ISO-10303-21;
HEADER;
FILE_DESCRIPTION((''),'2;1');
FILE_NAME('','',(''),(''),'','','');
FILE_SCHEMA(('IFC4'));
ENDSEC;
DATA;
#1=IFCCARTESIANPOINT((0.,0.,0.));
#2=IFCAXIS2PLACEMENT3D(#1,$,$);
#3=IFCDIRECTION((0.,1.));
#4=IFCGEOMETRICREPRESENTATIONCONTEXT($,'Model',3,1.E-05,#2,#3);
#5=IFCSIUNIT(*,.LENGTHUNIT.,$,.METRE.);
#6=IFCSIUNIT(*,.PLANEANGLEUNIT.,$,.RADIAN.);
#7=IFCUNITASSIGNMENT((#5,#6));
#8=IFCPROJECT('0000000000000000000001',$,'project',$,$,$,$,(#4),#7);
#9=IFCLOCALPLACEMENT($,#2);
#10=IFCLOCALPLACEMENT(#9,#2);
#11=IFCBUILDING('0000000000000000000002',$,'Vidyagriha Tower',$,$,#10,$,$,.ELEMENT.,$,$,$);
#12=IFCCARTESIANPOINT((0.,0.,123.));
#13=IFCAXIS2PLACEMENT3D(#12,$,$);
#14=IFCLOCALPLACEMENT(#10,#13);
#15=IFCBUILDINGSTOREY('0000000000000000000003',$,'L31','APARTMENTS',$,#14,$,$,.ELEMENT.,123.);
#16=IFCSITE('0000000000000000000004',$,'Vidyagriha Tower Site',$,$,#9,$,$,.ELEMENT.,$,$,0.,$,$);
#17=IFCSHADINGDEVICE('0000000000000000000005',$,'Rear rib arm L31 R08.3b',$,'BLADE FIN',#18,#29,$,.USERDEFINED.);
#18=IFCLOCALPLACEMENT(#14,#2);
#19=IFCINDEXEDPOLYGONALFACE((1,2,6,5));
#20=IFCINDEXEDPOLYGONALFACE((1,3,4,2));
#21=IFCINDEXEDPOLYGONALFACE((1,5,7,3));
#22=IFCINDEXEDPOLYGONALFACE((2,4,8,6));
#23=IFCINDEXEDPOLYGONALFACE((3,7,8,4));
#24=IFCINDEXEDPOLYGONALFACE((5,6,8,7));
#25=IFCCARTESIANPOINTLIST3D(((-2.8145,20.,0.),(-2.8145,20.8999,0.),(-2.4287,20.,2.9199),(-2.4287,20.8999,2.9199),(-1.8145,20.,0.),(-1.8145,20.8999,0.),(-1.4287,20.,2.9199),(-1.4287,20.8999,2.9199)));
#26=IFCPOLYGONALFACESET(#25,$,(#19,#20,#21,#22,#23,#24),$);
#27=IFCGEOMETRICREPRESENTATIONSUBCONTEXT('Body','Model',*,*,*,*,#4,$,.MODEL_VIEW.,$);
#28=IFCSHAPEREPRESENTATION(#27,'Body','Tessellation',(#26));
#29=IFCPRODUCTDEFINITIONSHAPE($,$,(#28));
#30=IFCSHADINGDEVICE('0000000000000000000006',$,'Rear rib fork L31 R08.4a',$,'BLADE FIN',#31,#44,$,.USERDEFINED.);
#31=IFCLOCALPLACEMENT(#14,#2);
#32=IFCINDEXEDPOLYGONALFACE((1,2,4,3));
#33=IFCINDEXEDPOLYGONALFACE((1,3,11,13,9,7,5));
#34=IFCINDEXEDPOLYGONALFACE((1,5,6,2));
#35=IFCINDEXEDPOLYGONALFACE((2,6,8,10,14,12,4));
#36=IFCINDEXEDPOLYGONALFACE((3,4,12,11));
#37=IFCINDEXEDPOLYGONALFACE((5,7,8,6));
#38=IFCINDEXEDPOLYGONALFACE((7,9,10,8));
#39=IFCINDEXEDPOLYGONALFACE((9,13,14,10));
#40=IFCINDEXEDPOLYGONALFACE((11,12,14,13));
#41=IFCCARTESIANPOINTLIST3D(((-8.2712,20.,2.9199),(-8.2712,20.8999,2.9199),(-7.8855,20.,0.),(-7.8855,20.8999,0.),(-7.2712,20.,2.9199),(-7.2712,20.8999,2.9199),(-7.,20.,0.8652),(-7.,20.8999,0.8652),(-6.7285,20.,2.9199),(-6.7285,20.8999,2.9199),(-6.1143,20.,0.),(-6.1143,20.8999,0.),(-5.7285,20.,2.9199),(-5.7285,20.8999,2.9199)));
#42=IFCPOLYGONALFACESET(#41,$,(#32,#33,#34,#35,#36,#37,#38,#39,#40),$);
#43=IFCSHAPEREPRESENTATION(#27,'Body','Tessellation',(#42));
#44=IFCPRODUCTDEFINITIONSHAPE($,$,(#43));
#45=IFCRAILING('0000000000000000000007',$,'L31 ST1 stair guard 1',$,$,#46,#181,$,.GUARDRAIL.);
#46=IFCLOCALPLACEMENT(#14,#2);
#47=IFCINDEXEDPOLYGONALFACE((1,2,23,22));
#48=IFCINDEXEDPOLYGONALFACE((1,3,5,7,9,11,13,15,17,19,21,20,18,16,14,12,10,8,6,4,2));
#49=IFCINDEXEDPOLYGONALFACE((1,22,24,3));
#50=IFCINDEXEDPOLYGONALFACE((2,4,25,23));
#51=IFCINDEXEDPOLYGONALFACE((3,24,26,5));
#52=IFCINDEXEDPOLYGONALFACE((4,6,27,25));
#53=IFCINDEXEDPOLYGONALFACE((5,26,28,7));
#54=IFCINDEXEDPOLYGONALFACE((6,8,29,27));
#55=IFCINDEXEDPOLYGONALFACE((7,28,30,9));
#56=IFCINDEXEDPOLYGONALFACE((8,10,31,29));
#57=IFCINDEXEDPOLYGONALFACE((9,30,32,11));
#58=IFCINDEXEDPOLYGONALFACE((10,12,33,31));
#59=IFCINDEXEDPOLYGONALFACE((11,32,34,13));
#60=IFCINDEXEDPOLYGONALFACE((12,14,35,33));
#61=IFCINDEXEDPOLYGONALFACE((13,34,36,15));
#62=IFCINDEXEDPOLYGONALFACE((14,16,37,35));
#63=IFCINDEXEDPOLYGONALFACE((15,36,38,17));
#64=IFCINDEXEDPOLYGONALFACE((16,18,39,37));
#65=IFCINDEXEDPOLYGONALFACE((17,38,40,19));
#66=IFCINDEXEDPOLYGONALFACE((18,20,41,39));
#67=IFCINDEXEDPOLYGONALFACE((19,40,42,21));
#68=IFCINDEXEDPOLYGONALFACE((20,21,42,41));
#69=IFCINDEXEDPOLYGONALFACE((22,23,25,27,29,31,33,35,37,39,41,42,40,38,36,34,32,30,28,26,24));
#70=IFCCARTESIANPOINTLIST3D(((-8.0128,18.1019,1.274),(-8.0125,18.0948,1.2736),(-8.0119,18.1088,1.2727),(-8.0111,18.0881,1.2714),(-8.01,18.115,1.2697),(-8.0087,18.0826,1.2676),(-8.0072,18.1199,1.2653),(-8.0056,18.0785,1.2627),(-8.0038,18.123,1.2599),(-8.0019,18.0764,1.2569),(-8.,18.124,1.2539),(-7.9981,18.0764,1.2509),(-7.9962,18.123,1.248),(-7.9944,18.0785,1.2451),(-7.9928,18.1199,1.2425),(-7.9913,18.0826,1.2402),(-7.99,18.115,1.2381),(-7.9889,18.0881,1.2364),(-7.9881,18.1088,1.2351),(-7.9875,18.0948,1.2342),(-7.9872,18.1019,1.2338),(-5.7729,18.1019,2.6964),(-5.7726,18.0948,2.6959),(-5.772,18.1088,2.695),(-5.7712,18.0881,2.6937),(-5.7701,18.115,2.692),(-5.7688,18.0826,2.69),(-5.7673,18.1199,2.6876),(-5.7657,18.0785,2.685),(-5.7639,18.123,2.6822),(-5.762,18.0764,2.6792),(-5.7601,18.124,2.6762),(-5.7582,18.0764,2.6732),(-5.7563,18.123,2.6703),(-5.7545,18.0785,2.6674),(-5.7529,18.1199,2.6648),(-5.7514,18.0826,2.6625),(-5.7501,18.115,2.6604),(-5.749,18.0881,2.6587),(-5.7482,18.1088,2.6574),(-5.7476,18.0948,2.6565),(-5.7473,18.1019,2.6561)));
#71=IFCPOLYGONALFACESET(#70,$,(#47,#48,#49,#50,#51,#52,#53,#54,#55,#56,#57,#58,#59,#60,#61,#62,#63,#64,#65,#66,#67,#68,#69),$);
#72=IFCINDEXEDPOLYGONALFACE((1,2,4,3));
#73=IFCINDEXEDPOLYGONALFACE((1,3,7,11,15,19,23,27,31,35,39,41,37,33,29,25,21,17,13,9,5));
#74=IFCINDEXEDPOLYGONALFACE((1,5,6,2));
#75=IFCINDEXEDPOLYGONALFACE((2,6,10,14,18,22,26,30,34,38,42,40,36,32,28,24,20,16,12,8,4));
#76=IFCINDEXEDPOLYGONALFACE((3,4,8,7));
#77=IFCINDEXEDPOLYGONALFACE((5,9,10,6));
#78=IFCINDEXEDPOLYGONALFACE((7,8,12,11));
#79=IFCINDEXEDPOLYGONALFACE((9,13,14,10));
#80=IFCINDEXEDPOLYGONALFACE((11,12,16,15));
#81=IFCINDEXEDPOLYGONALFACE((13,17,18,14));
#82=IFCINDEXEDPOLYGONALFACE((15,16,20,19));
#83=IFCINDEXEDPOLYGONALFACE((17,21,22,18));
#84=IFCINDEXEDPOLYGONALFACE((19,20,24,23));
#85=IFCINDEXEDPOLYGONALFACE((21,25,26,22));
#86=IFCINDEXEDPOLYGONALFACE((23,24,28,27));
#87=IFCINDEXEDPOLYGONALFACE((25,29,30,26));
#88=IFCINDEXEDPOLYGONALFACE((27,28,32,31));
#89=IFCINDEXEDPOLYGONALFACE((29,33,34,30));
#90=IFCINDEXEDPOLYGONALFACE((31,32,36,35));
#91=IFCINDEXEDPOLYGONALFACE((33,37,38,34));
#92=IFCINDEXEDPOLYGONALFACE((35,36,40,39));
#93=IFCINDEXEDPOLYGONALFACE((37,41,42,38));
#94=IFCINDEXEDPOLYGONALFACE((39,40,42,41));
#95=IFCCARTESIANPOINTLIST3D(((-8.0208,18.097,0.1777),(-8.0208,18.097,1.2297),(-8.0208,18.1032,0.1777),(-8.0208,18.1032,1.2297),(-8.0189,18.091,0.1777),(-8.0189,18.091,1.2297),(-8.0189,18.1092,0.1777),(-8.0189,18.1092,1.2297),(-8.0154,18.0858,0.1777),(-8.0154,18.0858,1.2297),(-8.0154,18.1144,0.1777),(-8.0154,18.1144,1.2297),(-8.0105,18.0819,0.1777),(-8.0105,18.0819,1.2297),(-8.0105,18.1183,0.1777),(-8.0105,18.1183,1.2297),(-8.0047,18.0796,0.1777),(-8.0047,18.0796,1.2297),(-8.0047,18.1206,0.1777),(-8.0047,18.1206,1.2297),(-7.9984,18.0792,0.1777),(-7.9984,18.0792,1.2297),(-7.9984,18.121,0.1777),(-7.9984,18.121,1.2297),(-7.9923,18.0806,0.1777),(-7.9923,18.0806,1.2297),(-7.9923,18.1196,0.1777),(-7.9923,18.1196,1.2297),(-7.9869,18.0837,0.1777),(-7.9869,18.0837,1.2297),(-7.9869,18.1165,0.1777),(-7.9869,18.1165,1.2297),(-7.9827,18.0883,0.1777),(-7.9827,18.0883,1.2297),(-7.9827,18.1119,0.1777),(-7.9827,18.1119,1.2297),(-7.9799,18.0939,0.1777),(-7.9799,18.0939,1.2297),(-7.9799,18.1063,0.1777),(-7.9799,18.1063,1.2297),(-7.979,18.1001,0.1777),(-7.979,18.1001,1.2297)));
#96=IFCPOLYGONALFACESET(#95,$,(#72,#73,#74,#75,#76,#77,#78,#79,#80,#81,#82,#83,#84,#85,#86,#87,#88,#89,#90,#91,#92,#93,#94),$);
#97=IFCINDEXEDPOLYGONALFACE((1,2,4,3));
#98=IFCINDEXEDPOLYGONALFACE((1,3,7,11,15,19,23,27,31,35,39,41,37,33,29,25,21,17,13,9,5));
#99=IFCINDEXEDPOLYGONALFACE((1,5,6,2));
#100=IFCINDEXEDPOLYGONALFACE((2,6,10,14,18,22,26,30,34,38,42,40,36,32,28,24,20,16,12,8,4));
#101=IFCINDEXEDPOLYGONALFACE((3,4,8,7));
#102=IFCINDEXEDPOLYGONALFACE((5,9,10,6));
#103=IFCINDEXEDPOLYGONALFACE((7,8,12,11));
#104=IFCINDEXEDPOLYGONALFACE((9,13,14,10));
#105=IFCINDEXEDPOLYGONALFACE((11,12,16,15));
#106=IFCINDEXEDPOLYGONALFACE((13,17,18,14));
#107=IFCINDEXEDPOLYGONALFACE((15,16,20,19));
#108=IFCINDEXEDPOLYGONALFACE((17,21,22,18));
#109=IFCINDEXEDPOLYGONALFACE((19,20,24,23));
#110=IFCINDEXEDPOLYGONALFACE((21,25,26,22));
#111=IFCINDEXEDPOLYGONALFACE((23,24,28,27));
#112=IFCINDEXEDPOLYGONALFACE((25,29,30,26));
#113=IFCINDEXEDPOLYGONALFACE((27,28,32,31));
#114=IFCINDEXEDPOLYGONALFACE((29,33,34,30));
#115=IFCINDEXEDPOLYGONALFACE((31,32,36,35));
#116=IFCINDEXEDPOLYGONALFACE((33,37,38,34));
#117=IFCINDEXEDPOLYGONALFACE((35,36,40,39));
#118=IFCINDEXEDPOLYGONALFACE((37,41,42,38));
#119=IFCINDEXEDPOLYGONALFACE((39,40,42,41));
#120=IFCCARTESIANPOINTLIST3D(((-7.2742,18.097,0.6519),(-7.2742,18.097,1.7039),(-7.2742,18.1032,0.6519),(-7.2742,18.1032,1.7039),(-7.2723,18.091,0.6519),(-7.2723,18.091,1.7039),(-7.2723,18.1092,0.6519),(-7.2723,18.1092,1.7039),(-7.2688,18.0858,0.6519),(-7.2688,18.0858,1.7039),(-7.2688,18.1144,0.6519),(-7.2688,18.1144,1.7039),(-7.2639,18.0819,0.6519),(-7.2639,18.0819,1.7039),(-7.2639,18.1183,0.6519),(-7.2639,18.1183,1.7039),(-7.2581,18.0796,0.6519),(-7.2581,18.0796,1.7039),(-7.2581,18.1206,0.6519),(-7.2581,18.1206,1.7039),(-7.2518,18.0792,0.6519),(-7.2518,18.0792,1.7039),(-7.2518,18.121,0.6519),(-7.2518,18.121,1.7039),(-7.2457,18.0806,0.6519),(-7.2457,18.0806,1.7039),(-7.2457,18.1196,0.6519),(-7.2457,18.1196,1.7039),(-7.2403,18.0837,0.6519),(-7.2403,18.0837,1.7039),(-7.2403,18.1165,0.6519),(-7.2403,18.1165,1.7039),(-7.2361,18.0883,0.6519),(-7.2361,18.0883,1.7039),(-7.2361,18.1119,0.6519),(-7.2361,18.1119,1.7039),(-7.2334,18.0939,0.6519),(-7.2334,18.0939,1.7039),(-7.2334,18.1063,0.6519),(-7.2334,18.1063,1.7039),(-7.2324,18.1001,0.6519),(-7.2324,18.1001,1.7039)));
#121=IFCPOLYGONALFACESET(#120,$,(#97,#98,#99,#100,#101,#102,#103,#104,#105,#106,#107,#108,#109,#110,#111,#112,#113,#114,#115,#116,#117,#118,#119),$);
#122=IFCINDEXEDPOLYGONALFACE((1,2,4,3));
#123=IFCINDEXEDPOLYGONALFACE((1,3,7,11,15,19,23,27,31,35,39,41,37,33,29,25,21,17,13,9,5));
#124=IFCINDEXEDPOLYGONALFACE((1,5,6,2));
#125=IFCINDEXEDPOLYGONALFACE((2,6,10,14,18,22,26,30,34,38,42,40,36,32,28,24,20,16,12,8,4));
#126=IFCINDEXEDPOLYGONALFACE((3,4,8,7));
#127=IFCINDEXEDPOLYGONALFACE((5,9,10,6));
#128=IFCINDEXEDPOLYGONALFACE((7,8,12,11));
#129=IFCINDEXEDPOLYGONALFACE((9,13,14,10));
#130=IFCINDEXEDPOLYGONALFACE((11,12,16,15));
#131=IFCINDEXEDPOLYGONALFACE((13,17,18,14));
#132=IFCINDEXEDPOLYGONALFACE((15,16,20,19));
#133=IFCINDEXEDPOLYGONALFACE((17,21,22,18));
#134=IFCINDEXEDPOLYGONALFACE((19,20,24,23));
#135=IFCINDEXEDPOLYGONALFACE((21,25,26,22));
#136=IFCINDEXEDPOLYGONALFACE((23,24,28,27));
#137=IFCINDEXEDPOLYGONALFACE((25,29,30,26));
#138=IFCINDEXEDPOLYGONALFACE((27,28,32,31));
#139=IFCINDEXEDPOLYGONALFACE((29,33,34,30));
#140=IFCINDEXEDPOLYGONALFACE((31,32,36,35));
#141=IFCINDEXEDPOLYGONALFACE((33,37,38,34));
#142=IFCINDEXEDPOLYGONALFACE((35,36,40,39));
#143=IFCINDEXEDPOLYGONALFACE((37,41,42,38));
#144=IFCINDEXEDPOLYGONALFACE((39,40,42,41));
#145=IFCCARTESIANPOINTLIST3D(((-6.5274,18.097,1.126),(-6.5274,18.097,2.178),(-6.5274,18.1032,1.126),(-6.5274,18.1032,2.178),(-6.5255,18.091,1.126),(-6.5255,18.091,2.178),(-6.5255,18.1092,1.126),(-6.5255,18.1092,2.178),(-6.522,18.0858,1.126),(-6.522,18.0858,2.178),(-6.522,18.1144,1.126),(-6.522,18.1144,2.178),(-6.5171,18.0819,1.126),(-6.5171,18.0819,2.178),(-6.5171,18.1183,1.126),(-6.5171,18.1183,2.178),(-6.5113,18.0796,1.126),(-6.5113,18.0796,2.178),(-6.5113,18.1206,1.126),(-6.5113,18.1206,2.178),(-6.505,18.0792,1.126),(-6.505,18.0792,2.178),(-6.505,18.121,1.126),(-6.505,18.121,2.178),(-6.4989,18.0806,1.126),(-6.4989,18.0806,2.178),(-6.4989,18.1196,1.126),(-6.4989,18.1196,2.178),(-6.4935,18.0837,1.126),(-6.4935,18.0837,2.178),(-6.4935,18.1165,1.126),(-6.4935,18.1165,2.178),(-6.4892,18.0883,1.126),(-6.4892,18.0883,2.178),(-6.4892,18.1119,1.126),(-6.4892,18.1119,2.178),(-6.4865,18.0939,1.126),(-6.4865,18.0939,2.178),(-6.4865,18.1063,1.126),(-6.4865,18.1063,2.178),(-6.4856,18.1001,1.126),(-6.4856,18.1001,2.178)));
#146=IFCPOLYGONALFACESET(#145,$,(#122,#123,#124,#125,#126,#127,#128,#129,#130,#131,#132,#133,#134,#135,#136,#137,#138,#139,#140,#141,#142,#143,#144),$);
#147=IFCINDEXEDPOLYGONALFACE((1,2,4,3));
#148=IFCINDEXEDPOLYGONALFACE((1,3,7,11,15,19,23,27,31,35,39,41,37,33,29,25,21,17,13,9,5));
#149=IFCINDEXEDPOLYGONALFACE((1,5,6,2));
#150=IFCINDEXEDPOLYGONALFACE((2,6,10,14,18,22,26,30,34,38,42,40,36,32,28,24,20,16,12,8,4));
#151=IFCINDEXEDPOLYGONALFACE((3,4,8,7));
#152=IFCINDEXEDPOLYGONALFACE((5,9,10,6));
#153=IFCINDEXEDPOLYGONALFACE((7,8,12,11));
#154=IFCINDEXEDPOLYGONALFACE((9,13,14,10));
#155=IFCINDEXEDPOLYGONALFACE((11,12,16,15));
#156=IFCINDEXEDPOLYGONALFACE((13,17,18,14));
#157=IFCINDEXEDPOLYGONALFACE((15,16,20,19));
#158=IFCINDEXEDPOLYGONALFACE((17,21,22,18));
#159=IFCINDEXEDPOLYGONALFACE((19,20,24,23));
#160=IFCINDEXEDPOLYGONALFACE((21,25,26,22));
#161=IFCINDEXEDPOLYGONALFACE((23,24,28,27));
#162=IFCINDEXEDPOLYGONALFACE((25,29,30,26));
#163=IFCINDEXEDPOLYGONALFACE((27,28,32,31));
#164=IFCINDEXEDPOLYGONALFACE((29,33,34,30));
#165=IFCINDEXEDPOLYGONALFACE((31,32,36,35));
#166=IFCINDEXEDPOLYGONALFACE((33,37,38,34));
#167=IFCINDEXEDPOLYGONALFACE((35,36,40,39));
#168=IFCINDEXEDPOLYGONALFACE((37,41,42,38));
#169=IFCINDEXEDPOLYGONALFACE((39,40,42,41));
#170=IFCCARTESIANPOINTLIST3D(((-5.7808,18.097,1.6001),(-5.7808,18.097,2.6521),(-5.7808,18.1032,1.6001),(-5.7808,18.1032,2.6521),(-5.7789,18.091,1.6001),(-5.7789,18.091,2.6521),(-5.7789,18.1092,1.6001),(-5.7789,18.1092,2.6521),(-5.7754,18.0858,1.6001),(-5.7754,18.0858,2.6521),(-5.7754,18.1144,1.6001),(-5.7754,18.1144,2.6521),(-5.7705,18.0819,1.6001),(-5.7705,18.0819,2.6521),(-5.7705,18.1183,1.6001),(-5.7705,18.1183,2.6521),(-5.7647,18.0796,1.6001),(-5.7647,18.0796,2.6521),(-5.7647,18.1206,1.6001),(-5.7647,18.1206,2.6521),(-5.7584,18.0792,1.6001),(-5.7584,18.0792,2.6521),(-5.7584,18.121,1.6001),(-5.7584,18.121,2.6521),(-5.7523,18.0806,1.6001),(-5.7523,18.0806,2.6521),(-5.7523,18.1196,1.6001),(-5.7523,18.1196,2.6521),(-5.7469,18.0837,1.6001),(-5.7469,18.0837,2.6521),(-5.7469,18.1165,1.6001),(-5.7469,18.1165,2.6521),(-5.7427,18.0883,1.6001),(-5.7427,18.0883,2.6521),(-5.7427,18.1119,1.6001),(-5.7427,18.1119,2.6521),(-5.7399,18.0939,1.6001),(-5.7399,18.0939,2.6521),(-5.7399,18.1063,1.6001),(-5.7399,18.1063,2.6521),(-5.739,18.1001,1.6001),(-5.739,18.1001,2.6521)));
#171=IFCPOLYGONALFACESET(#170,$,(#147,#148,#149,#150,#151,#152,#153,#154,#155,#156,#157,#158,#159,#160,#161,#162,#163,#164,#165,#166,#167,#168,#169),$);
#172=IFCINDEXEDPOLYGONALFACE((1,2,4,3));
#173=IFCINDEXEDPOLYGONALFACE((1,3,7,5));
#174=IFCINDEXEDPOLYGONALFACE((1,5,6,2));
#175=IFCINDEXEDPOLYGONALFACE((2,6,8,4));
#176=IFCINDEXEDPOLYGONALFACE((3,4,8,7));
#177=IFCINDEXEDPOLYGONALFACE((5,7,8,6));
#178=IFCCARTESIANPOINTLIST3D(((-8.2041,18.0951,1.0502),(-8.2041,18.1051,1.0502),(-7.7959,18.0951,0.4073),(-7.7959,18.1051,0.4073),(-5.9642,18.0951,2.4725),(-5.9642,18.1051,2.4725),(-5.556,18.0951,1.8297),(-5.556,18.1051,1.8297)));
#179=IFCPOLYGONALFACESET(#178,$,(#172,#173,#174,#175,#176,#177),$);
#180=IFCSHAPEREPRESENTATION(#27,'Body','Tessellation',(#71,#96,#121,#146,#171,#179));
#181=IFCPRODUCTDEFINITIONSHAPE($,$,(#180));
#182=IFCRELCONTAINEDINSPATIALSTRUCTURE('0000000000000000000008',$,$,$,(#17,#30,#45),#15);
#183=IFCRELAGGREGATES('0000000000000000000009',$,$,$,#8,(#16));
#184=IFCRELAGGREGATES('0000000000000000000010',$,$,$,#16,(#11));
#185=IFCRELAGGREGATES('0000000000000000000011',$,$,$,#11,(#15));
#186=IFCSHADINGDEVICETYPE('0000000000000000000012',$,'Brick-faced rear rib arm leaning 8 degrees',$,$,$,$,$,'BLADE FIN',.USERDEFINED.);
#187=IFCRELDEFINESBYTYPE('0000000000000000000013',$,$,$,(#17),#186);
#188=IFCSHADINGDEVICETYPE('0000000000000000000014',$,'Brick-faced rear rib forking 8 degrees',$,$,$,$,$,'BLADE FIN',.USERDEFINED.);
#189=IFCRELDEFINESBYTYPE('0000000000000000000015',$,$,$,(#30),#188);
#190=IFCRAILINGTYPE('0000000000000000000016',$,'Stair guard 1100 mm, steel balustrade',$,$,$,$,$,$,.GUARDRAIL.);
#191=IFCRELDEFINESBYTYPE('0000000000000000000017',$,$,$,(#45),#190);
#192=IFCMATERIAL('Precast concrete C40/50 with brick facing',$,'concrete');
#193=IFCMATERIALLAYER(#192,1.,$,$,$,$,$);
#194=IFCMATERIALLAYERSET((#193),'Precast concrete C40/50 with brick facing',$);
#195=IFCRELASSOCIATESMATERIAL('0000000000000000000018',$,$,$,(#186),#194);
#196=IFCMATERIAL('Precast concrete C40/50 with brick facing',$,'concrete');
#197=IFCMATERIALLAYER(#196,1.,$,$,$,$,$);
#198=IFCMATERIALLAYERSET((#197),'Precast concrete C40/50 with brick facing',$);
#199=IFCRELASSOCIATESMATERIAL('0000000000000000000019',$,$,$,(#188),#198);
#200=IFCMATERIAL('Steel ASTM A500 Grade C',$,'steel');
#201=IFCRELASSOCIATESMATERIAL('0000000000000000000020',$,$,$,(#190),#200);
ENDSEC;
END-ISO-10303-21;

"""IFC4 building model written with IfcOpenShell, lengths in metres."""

from ifc_helpers import new_model, si_unit, direction, frame, origin, origin_2d, place, context, subcontext, project, spatial, polyline, rectangle, circle, outline, extrude, material, layer, layer_set, type_object, element, save


model = new_model("IFC4")

# Units and contexts
model_context = context("Model", 3, precision=1e-05, world=origin(), true_north=direction((0.0, 1.0)))
body_context = subcontext(model_context, "Body", "Model", "MODEL_VIEW")
ifc_project = project(units=[si_unit("LENGTHUNIT", "METRE"), si_unit("PLANEANGLEUNIT", "RADIAN")], contexts=[model_context])

# Site, building, storey
site_placement = place(None, origin())
site = spatial("IfcSite", under=ifc_project, at=site_placement, Name="Vidyagriha Tower Site", CompositionType="ELEMENT", RefElevation=0.0)
building_placement = place(site_placement, origin())
building = spatial("IfcBuilding", under=site, at=building_placement, Name="Vidyagriha Tower", CompositionType="ELEMENT")
storey_placement = place(building_placement, frame((0.0, 0.0, 123.0)))
storey = spatial("IfcBuildingStorey", under=building, at=storey_placement, Name="L31", Description="APARTMENTS", CompositionType="ELEMENT", Elevation=123.0)

# Shading devices
ifc_material_1 = material(Name="Precast concrete C40/50 with brick facing", Category="concrete")
ifc_layer_1 = layer(ifc_material_1, 1.0)
ifc_layer_set_1 = layer_set([ifc_layer_1], Name="Precast concrete C40/50 with brick facing")
shading_device_type_1 = type_object("IfcShadingDeviceType", Name="Brick-faced rear rib arm leaning 8 degrees", ElementType="BLADE FIN", PredefinedType="USERDEFINED", material=ifc_layer_set_1)
shading_device_1_placement = place(storey_placement, frame((-1.4287, 20.45, 0.0), z_axis=(0.0, 0.0, 1.0), x_axis=(-1.0, 0.0, 0.0)))
element("IfcShadingDevice", 1, at=shading_device_1_placement, inside=storey, type_object=shading_device_type_1, Name="Rear rib arm L31 R08.3b", ObjectType="BLADE FIN", PredefinedType="USERDEFINED", context=body_context, shape_type="SweptSolid", body=[
    extrude(outline(polyline([(0.3857, 0.0), (1.3857, 0.0), (1.0, 2.9199), (0.0, 2.9199), (0.3857, 0.0)])), frame((0.0, 0.45, 0.0), z_axis=(0.0, -1.0, 0.0), x_axis=(1.0, 0.0, 0.0)), (0.0, 0.0, 1.0), 0.8999),
])
ifc_material_2 = material(Name="Precast concrete C40/50 with brick facing", Category="concrete")
ifc_layer_2 = layer(ifc_material_2, 1.0)
ifc_layer_set_2 = layer_set([ifc_layer_2], Name="Precast concrete C40/50 with brick facing")
shading_device_type_2 = type_object("IfcShadingDeviceType", Name="Brick-faced rear rib forking 8 degrees", ElementType="BLADE FIN", PredefinedType="USERDEFINED", material=ifc_layer_set_2)
shading_device_2_placement = place(storey_placement, frame((-5.7285, 20.45, 0.0), z_axis=(0.0, 0.0, 1.0), x_axis=(-1.0, 0.0, 0.0)))
element("IfcShadingDevice", 2, at=shading_device_2_placement, inside=storey, type_object=shading_device_type_2, Name="Rear rib fork L31 R08.4a", ObjectType="BLADE FIN", PredefinedType="USERDEFINED", context=body_context, shape_type="SweptSolid", body=[
    extrude(outline(polyline([(0.3857, 0.0), (2.157, 0.0), (2.5427, 2.9199), (1.5427, 2.9199), (1.2715, 0.8652), (1.0, 2.9199), (0.0, 2.9199), (0.3857, 0.0)])), frame((0.0, 0.45, 0.0), z_axis=(0.0, -1.0, 0.0), x_axis=(1.0, 0.0, 0.0)), (0.0, 0.0, 1.0), 0.8999),
])

# Railing
ifc_material_3 = material(Name="Steel ASTM A500 Grade C", Category="steel")
railing_type_1 = type_object("IfcRailingType", Name="Stair guard 1100 mm, steel balustrade", PredefinedType="GUARDRAIL", material=ifc_material_3)
railing_1_placement = place(storey_placement, frame((-8.0, 18.1001, 0.1777)))
element("IfcRailing", 3, at=railing_1_placement, inside=storey, type_object=railing_type_1, Name="L31 ST1 stair guard 1", PredefinedType="GUARDRAIL", context=body_context, shape_type="SweptSolid", body=[
    extrude(circle(Radius=0.0239, at=origin_2d()), frame((0.0, 0.0, 1.0762), z_axis=(0.844188, 0.0, 0.536048), x_axis=(0.0, 1.0, 0.0)), (0.0, 0.0, 1.0), 2.6533),
    extrude(circle(Radius=0.021, at=origin_2d()), origin(), (0.0, 0.0, 1.0), 1.052),
    extrude(circle(Radius=0.021, at=origin_2d()), frame((0.7466, 0.0, 0.4741)), (0.0, 0.0, 1.0), 1.052),
    extrude(circle(Radius=0.021, at=origin_2d()), frame((1.4934, 0.0, 0.9482)), (0.0, 0.0, 1.0), 1.052),
    extrude(circle(Radius=0.021, at=origin_2d()), frame((2.24, 0.0, 1.4224)), (0.0, 0.0, 1.0), 1.052),
    extrude(rectangle(XDim=0.01, YDim=0.7615, at=origin_2d()), frame((0.0, 0.0, 0.551), z_axis=(0.844188, 0.0, 0.536048), x_axis=(0.0, 1.0, 0.0)), (0.0, 0.0, 1.0), 2.6533),
])

save(model, "model.ifc")
